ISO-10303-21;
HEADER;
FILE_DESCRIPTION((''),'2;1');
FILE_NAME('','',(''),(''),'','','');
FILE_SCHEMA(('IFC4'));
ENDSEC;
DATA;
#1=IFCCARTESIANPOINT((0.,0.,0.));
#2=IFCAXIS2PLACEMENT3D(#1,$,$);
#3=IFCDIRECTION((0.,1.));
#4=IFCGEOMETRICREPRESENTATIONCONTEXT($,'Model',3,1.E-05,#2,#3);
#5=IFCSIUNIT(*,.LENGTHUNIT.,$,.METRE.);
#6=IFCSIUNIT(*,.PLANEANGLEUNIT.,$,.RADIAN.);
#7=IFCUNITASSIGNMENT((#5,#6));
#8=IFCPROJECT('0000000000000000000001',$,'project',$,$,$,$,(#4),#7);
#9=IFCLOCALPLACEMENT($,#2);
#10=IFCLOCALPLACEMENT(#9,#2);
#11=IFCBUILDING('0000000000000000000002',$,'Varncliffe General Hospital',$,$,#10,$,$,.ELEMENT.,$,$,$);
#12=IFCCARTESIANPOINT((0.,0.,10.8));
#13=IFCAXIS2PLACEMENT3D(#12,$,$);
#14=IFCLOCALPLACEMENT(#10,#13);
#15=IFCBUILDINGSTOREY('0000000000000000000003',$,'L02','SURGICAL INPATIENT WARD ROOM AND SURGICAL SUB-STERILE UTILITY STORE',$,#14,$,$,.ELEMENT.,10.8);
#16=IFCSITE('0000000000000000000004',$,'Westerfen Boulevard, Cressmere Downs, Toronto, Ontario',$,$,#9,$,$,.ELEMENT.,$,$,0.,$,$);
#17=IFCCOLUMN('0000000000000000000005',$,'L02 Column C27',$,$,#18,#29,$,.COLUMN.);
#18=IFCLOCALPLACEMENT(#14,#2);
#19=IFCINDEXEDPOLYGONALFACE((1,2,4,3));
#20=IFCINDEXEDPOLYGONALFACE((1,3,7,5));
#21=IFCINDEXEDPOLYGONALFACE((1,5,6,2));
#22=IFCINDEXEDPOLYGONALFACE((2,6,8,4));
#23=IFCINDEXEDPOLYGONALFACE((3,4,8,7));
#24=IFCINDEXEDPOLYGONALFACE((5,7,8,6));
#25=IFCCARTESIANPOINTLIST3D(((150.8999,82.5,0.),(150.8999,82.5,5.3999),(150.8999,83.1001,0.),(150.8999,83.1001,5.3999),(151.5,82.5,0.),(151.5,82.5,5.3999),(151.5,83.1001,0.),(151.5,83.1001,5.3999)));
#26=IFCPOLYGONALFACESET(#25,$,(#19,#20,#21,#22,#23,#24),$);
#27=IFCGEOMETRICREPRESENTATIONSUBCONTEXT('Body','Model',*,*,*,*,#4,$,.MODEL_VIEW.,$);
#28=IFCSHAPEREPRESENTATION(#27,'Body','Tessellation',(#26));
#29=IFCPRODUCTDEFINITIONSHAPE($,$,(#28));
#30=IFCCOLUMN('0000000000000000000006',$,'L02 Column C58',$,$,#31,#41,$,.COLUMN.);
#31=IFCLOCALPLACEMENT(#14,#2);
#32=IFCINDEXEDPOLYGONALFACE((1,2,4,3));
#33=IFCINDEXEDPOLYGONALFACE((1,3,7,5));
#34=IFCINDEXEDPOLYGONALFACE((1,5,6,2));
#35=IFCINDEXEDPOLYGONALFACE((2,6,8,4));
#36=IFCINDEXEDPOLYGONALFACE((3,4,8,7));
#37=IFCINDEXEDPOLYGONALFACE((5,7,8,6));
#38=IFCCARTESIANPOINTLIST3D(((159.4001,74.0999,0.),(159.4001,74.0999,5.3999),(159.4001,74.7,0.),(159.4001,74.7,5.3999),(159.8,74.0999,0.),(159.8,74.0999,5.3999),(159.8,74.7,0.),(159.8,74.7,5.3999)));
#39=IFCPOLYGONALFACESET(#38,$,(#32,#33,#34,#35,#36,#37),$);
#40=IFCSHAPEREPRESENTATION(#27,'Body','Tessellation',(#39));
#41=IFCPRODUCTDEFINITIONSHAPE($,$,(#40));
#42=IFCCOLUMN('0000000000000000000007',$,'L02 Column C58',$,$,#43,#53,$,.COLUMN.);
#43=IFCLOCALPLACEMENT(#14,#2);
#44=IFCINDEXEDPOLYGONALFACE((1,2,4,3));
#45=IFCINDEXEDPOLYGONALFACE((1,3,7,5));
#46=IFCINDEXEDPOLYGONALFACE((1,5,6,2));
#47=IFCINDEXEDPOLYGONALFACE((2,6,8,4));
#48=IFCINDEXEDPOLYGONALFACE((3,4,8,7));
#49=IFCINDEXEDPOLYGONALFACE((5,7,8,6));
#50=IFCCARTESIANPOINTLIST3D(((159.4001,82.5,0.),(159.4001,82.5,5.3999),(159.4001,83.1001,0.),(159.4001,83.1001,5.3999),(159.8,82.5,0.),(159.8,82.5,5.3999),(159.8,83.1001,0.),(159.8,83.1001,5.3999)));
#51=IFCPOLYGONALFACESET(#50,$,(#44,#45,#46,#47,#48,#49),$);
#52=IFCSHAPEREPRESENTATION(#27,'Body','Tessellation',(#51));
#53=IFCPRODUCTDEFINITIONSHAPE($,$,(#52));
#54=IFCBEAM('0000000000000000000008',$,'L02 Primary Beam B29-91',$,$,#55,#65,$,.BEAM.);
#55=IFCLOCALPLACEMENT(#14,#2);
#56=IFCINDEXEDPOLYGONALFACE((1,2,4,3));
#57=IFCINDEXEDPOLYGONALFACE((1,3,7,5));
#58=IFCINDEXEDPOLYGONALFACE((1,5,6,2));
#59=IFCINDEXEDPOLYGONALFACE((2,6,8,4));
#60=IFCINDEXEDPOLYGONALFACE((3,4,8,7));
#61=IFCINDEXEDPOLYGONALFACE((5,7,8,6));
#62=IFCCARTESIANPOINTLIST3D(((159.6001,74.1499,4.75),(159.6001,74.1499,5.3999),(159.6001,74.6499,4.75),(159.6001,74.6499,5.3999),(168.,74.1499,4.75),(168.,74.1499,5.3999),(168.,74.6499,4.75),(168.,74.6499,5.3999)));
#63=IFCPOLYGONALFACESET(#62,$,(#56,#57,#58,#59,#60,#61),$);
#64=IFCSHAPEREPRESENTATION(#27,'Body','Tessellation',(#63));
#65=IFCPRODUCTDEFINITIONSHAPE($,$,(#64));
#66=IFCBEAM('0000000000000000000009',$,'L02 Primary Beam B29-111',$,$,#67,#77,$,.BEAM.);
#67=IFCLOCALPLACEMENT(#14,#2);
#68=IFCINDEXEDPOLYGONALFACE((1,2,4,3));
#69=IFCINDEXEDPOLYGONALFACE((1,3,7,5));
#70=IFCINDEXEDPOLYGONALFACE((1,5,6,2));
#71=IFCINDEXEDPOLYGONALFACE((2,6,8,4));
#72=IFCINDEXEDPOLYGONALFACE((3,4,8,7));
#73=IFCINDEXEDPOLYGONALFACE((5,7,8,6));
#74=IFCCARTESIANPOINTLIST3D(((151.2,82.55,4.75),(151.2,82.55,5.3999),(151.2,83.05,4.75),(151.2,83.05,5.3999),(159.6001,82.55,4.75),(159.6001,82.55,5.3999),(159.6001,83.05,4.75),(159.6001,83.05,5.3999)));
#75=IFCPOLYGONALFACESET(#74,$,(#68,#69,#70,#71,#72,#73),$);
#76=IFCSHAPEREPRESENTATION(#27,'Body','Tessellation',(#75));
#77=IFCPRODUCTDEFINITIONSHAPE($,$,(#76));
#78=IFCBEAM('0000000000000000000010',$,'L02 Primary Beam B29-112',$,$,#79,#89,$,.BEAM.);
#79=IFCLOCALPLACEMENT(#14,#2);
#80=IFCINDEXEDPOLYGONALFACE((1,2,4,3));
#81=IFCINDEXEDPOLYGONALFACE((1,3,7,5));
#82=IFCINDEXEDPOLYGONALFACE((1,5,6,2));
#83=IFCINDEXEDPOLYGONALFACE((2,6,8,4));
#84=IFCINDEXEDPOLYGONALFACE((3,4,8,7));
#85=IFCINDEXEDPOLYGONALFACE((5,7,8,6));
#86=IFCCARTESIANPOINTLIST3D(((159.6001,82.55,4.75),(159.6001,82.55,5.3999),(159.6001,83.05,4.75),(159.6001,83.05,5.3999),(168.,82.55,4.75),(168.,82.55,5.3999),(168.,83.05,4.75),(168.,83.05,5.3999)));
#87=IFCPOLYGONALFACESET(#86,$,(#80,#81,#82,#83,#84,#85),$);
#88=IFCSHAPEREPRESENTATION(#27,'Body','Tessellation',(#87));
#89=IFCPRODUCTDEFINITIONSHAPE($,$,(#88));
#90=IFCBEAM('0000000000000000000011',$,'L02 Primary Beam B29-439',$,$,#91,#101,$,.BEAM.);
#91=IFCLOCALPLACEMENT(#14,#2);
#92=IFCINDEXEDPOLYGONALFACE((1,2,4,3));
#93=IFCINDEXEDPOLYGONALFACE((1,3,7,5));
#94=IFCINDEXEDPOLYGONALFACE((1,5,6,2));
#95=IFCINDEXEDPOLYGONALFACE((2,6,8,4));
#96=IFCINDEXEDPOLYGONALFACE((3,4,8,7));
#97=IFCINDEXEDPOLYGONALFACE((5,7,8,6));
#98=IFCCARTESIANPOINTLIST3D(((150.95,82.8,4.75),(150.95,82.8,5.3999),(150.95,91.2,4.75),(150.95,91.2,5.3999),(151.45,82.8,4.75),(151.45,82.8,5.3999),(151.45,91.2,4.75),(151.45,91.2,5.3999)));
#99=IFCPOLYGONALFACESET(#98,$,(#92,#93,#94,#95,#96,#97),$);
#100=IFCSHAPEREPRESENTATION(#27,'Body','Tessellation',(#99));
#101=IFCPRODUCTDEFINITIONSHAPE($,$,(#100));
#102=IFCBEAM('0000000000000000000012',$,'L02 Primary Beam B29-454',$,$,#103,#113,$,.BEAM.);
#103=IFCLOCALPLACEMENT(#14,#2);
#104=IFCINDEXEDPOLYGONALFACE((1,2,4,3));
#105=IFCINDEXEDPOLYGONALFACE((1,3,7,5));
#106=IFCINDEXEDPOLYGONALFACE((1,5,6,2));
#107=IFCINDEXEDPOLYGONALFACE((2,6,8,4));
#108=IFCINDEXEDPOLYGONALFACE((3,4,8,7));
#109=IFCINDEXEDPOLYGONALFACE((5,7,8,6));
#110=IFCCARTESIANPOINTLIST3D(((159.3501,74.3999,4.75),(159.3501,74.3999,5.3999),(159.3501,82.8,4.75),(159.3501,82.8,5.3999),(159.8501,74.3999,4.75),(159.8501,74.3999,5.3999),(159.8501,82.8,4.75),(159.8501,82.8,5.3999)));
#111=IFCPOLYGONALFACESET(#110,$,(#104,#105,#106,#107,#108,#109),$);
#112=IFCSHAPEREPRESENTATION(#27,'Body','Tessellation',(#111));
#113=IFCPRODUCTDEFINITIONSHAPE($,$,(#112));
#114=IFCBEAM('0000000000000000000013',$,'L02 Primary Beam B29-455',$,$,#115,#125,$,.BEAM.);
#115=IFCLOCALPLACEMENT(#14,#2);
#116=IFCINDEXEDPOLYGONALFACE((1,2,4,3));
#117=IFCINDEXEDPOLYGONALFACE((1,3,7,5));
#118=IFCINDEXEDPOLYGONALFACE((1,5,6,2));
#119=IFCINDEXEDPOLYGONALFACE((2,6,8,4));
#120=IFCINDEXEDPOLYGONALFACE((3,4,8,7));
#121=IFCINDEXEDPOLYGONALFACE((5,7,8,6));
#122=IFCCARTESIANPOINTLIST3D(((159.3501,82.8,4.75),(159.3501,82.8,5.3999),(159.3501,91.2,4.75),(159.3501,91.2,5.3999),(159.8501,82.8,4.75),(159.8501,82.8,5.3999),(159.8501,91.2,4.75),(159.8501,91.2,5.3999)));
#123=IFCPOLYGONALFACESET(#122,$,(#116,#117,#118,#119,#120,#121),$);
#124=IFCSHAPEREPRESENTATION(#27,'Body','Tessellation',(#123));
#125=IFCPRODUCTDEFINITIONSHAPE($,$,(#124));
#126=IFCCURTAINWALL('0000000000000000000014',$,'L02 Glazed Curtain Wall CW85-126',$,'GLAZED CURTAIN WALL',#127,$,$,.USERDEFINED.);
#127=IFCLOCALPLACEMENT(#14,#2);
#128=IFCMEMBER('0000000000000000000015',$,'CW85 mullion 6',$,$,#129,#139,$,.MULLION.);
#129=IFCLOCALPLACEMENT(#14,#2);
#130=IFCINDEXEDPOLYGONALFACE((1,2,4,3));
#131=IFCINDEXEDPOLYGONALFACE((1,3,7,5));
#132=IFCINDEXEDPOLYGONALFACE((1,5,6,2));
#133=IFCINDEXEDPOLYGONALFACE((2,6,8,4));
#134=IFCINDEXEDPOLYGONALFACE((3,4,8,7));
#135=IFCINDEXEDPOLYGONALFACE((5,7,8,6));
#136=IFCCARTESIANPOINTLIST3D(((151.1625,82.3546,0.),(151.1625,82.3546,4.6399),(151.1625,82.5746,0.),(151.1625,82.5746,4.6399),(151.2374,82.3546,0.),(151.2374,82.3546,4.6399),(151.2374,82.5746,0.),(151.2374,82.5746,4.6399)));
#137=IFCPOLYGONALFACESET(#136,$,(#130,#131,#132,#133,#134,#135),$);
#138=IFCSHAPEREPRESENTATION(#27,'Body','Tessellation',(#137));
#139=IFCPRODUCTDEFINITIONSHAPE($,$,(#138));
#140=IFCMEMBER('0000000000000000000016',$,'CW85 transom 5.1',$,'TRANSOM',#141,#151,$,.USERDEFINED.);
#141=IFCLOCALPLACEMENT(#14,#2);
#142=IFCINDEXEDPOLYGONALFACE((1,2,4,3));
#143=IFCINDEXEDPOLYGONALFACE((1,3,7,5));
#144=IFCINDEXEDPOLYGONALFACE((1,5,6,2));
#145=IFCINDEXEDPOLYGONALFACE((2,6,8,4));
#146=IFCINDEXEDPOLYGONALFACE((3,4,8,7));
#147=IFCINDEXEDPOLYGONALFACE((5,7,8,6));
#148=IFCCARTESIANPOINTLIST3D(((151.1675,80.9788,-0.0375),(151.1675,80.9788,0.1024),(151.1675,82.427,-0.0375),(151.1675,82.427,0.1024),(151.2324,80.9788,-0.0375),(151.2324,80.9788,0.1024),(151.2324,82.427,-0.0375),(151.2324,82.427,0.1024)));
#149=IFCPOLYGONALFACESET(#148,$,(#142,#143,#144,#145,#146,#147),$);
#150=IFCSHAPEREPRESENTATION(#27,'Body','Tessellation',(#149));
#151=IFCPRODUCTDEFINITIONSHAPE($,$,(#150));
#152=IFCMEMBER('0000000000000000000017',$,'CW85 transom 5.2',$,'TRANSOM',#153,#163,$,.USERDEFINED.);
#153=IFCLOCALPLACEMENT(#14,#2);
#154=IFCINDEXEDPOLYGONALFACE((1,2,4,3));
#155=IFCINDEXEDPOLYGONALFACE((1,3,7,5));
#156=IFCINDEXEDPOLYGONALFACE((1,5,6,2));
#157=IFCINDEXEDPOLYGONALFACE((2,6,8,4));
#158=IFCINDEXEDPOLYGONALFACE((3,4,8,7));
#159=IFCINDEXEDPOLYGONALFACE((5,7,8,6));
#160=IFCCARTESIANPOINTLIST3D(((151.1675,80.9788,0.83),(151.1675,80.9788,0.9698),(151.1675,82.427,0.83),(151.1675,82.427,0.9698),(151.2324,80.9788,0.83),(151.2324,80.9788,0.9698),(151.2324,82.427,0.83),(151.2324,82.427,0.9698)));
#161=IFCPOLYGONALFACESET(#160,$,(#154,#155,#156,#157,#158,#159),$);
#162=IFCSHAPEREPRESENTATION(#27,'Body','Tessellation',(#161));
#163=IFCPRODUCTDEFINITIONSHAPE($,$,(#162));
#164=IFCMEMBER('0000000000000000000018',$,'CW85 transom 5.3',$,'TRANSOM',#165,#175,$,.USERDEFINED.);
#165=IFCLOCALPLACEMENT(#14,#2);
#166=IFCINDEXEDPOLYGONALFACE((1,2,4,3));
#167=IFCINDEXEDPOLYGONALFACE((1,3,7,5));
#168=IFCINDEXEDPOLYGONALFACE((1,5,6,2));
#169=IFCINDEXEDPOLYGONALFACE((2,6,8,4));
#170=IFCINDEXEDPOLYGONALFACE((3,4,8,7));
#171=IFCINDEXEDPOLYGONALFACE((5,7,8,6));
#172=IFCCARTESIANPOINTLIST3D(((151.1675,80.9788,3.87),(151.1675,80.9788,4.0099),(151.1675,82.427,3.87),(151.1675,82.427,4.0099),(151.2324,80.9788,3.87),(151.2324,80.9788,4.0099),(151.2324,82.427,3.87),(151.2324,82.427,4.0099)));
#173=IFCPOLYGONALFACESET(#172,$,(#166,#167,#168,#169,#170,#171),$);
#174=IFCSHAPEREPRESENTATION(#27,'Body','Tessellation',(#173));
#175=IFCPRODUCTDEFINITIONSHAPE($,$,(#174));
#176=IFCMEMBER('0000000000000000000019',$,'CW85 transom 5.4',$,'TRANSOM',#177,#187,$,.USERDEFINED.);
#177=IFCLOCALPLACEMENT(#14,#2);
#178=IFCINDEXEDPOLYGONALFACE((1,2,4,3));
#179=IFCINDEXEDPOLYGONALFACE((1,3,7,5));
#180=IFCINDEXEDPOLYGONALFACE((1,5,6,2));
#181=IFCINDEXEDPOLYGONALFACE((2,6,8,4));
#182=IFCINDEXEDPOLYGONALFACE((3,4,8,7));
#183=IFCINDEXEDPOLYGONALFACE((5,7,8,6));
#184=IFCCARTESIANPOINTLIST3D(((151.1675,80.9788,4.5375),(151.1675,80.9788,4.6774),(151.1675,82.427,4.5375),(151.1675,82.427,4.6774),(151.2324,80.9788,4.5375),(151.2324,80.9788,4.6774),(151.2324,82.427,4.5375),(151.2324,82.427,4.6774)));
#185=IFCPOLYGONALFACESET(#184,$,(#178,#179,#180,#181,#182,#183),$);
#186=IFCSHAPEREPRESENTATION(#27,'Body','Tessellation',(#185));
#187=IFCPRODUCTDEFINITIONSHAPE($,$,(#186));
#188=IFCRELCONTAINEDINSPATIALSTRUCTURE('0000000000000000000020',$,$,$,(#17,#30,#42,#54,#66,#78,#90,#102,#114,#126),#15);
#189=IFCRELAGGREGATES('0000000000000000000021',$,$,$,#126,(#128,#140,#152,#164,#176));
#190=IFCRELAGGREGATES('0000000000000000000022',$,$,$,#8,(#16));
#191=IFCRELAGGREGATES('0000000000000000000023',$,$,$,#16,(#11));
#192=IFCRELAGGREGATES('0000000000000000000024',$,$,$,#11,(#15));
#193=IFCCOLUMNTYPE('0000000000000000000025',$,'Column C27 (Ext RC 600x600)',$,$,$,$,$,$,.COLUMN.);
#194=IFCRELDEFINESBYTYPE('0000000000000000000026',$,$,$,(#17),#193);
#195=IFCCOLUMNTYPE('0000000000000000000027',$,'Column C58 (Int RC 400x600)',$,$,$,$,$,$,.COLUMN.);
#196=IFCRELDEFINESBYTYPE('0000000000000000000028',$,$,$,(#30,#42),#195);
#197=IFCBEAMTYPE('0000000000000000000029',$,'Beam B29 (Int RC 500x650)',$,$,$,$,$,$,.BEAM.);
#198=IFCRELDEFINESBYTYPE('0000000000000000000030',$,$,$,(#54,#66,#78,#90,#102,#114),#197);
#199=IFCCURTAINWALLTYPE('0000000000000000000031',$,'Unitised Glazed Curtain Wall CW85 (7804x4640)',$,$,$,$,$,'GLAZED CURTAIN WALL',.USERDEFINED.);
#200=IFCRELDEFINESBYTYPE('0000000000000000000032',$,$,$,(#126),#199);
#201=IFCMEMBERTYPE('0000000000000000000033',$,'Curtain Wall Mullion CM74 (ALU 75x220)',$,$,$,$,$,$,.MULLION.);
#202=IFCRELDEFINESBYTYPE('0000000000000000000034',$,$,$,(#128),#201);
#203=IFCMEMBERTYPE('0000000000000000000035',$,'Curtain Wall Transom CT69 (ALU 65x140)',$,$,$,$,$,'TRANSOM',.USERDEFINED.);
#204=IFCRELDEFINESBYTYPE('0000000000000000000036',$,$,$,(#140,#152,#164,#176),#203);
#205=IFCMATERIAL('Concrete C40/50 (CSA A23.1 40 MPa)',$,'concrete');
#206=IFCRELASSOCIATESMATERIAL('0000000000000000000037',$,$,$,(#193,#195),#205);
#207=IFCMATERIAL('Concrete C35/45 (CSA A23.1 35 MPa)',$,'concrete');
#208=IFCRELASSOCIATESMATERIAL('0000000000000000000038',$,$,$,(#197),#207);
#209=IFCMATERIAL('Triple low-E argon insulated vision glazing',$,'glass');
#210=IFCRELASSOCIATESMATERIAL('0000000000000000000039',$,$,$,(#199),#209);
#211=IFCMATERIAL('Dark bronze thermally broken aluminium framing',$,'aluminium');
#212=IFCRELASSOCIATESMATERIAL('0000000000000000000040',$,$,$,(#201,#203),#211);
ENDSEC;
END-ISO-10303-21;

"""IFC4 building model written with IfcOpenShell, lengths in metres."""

from ifc_helpers import new_model, si_unit, direction, frame, origin, origin_2d, place, context, subcontext, project, spatial, rectangle, extrude, material, material_profile, profile_set, type_object, element, aggregate, save


model = new_model("IFC4")

# Units and contexts
model_context = context("Model", 3, precision=1e-05, world=origin(), true_north=direction((0.0, 1.0)))
body_context = subcontext(model_context, "Body", "Model", "MODEL_VIEW")
ifc_project = project(units=[si_unit("LENGTHUNIT", "METRE"), si_unit("PLANEANGLEUNIT", "RADIAN")], contexts=[model_context])

# Site, building, storey
site_placement = place(None, origin())
site = spatial("IfcSite", under=ifc_project, at=site_placement, Name="Westerfen Boulevard, Cressmere Downs, Toronto, Ontario", CompositionType="ELEMENT", RefElevation=0.0)
building_placement = place(site_placement, origin())
building = spatial("IfcBuilding", under=site, at=building_placement, Name="Varncliffe General Hospital", CompositionType="ELEMENT")
storey_placement = place(building_placement, frame((0.0, 0.0, 10.8)))
storey = spatial("IfcBuildingStorey", under=building, at=storey_placement, Name="L02", Description="SURGICAL INPATIENT WARD ROOM AND SURGICAL SUB-STERILE UTILITY STORE", CompositionType="ELEMENT", Elevation=10.8)

# Columns
ifc_material_1 = material(Name="Concrete C40/50 (CSA A23.1 40 MPa)", Category="concrete")
ifc_material_profile_1 = material_profile(ifc_material_1, rectangle(XDim=0.6001, YDim=0.6001, at=origin_2d()), Name="RC 600x600")
ifc_profile_set_1 = profile_set([ifc_material_profile_1], Name="Concrete C40/50 (CSA A23.1 40 MPa)")
column_type_1 = type_object("IfcColumnType", Name="Column C27 (Ext RC 600x600)", PredefinedType="COLUMN", material=ifc_profile_set_1)
column_placement = place(storey_placement, frame((151.2, 82.8, 0.0), z_axis=(0.0, 0.0, 1.0), x_axis=(1.0, 0.0, 0.0)))
element("IfcColumn", 1, at=column_placement, inside=storey, type_object=column_type_1, Name="L02 Column C27", PredefinedType="COLUMN", context=body_context, shape_type="SweptSolid", body=[
    extrude(rectangle(XDim=0.6001, YDim=0.6001, at=origin_2d()), origin(), (0.0, 0.0, 1.0), 5.3999),
])
ifc_material_profile_2 = material_profile(ifc_material_1, rectangle(XDim=0.3999, YDim=0.6001, at=origin_2d()), Name="RC 400x600")
ifc_profile_set_2 = profile_set([ifc_material_profile_2], Name="Concrete C40/50 (CSA A23.1 40 MPa)")
column_type_2 = type_object("IfcColumnType", Name="Column C58 (Int RC 400x600)", PredefinedType="COLUMN", material=ifc_profile_set_2)
for number, where, z_axis, x_axis, name in (
    (2, (159.6001, 74.3999, 0.0), (0.0, 0.0, 1.0), (1.0, 0.0, 0.0), "L02 Column C58"),
    (3, (159.6001, 82.8, 0.0), (0.0, 0.0, 1.0), (1.0, 0.0, 0.0), "L02 Column C58"),
):
    element("IfcColumn", number, at=place(storey_placement, frame(where, z_axis=z_axis, x_axis=x_axis)), inside=storey, type_object=column_type_2, Name=name, PredefinedType="COLUMN", context=body_context, shape_type="SweptSolid", body=[
        extrude(rectangle(XDim=0.3999, YDim=0.6001, at=origin_2d()), origin(), (0.0, 0.0, 1.0), 5.3999),
    ])

# Beams
ifc_material_2 = material(Name="Concrete C35/45 (CSA A23.1 35 MPa)", Category="concrete")
ifc_material_profile_3 = material_profile(ifc_material_2, rectangle(XDim=0.5, YDim=0.6499, at=origin_2d()), Name="RC 500x650")
ifc_profile_set_3 = profile_set([ifc_material_profile_3], Name="Concrete C35/45 (CSA A23.1 35 MPa)")
beam_type_1 = type_object("IfcBeamType", Name="Beam B29 (Int RC 500x650)", PredefinedType="BEAM", material=ifc_profile_set_3)
beam_1_placement = place(storey_placement, frame((159.6001, 74.3999, 5.075), z_axis=(1.0, 0.0, 0.0), x_axis=(0.0, 1.0, 0.0)))
element("IfcBeam", 4, at=beam_1_placement, inside=storey, type_object=beam_type_1, Name="L02 Primary Beam B29-91", PredefinedType="BEAM", context=body_context, shape_type="SweptSolid", body=[
    extrude(rectangle(XDim=0.5, YDim=0.6499, at=origin_2d()), origin(), (0.0, 0.0, 1.0), 8.3999),
])
beam_2_placement = place(storey_placement, frame((151.2, 82.8, 5.075), z_axis=(1.0, 0.0, 0.0), x_axis=(0.0, 1.0, 0.0)))
element("IfcBeam", 5, at=beam_2_placement, inside=storey, type_object=beam_type_1, Name="L02 Primary Beam B29-111", PredefinedType="BEAM", context=body_context, shape_type="SweptSolid", body=[
    extrude(rectangle(XDim=0.5, YDim=0.6499, at=origin_2d()), origin(), (0.0, 0.0, 1.0), 8.4001),
])
for number, where, z_axis, x_axis, name in (
    (6, (159.6001, 82.8, 5.075), (1.0, 0.0, 0.0), (0.0, 1.0, 0.0), "L02 Primary Beam B29-112"),
    (7, (151.2, 82.8, 5.075), (0.0, 1.0, 0.0), (-1.0, 0.0, 0.0), "L02 Primary Beam B29-439"),
):
    element("IfcBeam", number, at=place(storey_placement, frame(where, z_axis=z_axis, x_axis=x_axis)), inside=storey, type_object=beam_type_1, Name=name, PredefinedType="BEAM", context=body_context, shape_type="SweptSolid", body=[
        extrude(rectangle(XDim=0.5, YDim=0.6499, at=origin_2d()), origin(), (0.0, 0.0, 1.0), 8.3999),
    ])
beam_3_placement = place(storey_placement, frame((159.6001, 74.3999, 5.075), z_axis=(0.0, 1.0, 0.0), x_axis=(-1.0, 0.0, 0.0)))
element("IfcBeam", 8, at=beam_3_placement, inside=storey, type_object=beam_type_1, Name="L02 Primary Beam B29-454", PredefinedType="BEAM", context=body_context, shape_type="SweptSolid", body=[
    extrude(rectangle(XDim=0.5, YDim=0.6499, at=origin_2d()), origin(), (0.0, 0.0, 1.0), 8.4001),
])
beam_4_placement = place(storey_placement, frame((159.6001, 82.8, 5.075), z_axis=(0.0, 1.0, 0.0), x_axis=(-1.0, 0.0, 0.0)))
element("IfcBeam", 9, at=beam_4_placement, inside=storey, type_object=beam_type_1, Name="L02 Primary Beam B29-455", PredefinedType="BEAM", context=body_context, shape_type="SweptSolid", body=[
    extrude(rectangle(XDim=0.5, YDim=0.6499, at=origin_2d()), origin(), (0.0, 0.0, 1.0), 8.3999),
])

# Curtain wall, members
ifc_material_3 = material(Name="Triple low-E argon insulated vision glazing", Category="glass")
curtain_wall_type = type_object("IfcCurtainWallType", Name="Unitised Glazed Curtain Wall CW85 (7804x4640)", ElementType="GLAZED CURTAIN WALL", PredefinedType="USERDEFINED", material=ifc_material_3)
curtain_wall_placement = place(storey_placement, origin())
curtain_wall = element("IfcCurtainWall", 10, at=curtain_wall_placement, inside=storey, type_object=curtain_wall_type, Name="L02 Glazed Curtain Wall CW85-126", ObjectType="GLAZED CURTAIN WALL", PredefinedType="USERDEFINED")
ifc_material_4 = material(Name="Dark bronze thermally broken aluminium framing", Category="aluminium")
ifc_material_profile_4 = material_profile(ifc_material_4, rectangle(XDim=0.075, YDim=0.22, at=origin_2d()), Name="ALU 75x220")
ifc_profile_set_4 = profile_set([ifc_material_profile_4], Name="Dark bronze thermally broken aluminium framing")
member_type_1 = type_object("IfcMemberType", Name="Curtain Wall Mullion CM74 (ALU 75x220)", PredefinedType="MULLION", material=ifc_profile_set_4)
member_1_placement = place(storey_placement, frame((151.2, 82.4646, 0.0), z_axis=(0.0, 0.0, 1.0), x_axis=(-1.0, 0.0, 0.0)))
member_1 = element("IfcMember", 11, at=member_1_placement, type_object=member_type_1, Name="CW85 mullion 6", PredefinedType="MULLION", context=body_context, shape_type="SweptSolid", body=[
    extrude(rectangle(XDim=0.075, YDim=0.22, at=origin_2d()), origin(), (0.0, 0.0, 1.0), 4.6399),
])
ifc_material_profile_5 = material_profile(ifc_material_4, rectangle(XDim=0.0649, YDim=0.1399, at=origin_2d()), Name="ALU 65x140")
ifc_profile_set_5 = profile_set([ifc_material_profile_5], Name="Dark bronze thermally broken aluminium framing")
member_type_2 = type_object("IfcMemberType", Name="Curtain Wall Transom CT69 (ALU 65x140)", ElementType="TRANSOM", PredefinedType="USERDEFINED", material=ifc_profile_set_5)
member_2_placement = place(storey_placement, frame((151.2, 80.9788, 0.0325), z_axis=(0.0, 1.0, 0.0), x_axis=(-1.0, 0.0, 0.0)))
member_2 = element("IfcMember", 12, at=member_2_placement, type_object=member_type_2, Name="CW85 transom 5.1", ObjectType="TRANSOM", PredefinedType="USERDEFINED", context=body_context, shape_type="SweptSolid", body=[
    extrude(rectangle(XDim=0.0649, YDim=0.1399, at=origin_2d()), origin(), (0.0, 0.0, 1.0), 1.4482),
])
member_3_placement = place(storey_placement, frame((151.2, 80.9788, 0.8999), z_axis=(0.0, 1.0, 0.0), x_axis=(-1.0, 0.0, 0.0)))
member_3 = element("IfcMember", 13, at=member_3_placement, type_object=member_type_2, Name="CW85 transom 5.2", ObjectType="TRANSOM", PredefinedType="USERDEFINED", context=body_context, shape_type="SweptSolid", body=[
    extrude(rectangle(XDim=0.0649, YDim=0.1399, at=origin_2d()), origin(), (0.0, 0.0, 1.0), 1.4482),
])
member_4_placement = place(storey_placement, frame((151.2, 80.9788, 3.9399), z_axis=(0.0, 1.0, 0.0), x_axis=(-1.0, 0.0, 0.0)))
member_4 = element("IfcMember", 14, at=member_4_placement, type_object=member_type_2, Name="CW85 transom 5.3", ObjectType="TRANSOM", PredefinedType="USERDEFINED", context=body_context, shape_type="SweptSolid", body=[
    extrude(rectangle(XDim=0.0649, YDim=0.1399, at=origin_2d()), origin(), (0.0, 0.0, 1.0), 1.4482),
])
member_5_placement = place(storey_placement, frame((151.2, 80.9788, 4.6074), z_axis=(0.0, 1.0, 0.0), x_axis=(-1.0, 0.0, 0.0)))
member_5 = element("IfcMember", 15, at=member_5_placement, type_object=member_type_2, Name="CW85 transom 5.4", ObjectType="TRANSOM", PredefinedType="USERDEFINED", context=body_context, shape_type="SweptSolid", body=[
    extrude(rectangle(XDim=0.0649, YDim=0.1399, at=origin_2d()), origin(), (0.0, 0.0, 1.0), 1.4482),
])

aggregate(curtain_wall, [member_1, member_2, member_3, member_4, member_5])

save(model, "model.ifc")
